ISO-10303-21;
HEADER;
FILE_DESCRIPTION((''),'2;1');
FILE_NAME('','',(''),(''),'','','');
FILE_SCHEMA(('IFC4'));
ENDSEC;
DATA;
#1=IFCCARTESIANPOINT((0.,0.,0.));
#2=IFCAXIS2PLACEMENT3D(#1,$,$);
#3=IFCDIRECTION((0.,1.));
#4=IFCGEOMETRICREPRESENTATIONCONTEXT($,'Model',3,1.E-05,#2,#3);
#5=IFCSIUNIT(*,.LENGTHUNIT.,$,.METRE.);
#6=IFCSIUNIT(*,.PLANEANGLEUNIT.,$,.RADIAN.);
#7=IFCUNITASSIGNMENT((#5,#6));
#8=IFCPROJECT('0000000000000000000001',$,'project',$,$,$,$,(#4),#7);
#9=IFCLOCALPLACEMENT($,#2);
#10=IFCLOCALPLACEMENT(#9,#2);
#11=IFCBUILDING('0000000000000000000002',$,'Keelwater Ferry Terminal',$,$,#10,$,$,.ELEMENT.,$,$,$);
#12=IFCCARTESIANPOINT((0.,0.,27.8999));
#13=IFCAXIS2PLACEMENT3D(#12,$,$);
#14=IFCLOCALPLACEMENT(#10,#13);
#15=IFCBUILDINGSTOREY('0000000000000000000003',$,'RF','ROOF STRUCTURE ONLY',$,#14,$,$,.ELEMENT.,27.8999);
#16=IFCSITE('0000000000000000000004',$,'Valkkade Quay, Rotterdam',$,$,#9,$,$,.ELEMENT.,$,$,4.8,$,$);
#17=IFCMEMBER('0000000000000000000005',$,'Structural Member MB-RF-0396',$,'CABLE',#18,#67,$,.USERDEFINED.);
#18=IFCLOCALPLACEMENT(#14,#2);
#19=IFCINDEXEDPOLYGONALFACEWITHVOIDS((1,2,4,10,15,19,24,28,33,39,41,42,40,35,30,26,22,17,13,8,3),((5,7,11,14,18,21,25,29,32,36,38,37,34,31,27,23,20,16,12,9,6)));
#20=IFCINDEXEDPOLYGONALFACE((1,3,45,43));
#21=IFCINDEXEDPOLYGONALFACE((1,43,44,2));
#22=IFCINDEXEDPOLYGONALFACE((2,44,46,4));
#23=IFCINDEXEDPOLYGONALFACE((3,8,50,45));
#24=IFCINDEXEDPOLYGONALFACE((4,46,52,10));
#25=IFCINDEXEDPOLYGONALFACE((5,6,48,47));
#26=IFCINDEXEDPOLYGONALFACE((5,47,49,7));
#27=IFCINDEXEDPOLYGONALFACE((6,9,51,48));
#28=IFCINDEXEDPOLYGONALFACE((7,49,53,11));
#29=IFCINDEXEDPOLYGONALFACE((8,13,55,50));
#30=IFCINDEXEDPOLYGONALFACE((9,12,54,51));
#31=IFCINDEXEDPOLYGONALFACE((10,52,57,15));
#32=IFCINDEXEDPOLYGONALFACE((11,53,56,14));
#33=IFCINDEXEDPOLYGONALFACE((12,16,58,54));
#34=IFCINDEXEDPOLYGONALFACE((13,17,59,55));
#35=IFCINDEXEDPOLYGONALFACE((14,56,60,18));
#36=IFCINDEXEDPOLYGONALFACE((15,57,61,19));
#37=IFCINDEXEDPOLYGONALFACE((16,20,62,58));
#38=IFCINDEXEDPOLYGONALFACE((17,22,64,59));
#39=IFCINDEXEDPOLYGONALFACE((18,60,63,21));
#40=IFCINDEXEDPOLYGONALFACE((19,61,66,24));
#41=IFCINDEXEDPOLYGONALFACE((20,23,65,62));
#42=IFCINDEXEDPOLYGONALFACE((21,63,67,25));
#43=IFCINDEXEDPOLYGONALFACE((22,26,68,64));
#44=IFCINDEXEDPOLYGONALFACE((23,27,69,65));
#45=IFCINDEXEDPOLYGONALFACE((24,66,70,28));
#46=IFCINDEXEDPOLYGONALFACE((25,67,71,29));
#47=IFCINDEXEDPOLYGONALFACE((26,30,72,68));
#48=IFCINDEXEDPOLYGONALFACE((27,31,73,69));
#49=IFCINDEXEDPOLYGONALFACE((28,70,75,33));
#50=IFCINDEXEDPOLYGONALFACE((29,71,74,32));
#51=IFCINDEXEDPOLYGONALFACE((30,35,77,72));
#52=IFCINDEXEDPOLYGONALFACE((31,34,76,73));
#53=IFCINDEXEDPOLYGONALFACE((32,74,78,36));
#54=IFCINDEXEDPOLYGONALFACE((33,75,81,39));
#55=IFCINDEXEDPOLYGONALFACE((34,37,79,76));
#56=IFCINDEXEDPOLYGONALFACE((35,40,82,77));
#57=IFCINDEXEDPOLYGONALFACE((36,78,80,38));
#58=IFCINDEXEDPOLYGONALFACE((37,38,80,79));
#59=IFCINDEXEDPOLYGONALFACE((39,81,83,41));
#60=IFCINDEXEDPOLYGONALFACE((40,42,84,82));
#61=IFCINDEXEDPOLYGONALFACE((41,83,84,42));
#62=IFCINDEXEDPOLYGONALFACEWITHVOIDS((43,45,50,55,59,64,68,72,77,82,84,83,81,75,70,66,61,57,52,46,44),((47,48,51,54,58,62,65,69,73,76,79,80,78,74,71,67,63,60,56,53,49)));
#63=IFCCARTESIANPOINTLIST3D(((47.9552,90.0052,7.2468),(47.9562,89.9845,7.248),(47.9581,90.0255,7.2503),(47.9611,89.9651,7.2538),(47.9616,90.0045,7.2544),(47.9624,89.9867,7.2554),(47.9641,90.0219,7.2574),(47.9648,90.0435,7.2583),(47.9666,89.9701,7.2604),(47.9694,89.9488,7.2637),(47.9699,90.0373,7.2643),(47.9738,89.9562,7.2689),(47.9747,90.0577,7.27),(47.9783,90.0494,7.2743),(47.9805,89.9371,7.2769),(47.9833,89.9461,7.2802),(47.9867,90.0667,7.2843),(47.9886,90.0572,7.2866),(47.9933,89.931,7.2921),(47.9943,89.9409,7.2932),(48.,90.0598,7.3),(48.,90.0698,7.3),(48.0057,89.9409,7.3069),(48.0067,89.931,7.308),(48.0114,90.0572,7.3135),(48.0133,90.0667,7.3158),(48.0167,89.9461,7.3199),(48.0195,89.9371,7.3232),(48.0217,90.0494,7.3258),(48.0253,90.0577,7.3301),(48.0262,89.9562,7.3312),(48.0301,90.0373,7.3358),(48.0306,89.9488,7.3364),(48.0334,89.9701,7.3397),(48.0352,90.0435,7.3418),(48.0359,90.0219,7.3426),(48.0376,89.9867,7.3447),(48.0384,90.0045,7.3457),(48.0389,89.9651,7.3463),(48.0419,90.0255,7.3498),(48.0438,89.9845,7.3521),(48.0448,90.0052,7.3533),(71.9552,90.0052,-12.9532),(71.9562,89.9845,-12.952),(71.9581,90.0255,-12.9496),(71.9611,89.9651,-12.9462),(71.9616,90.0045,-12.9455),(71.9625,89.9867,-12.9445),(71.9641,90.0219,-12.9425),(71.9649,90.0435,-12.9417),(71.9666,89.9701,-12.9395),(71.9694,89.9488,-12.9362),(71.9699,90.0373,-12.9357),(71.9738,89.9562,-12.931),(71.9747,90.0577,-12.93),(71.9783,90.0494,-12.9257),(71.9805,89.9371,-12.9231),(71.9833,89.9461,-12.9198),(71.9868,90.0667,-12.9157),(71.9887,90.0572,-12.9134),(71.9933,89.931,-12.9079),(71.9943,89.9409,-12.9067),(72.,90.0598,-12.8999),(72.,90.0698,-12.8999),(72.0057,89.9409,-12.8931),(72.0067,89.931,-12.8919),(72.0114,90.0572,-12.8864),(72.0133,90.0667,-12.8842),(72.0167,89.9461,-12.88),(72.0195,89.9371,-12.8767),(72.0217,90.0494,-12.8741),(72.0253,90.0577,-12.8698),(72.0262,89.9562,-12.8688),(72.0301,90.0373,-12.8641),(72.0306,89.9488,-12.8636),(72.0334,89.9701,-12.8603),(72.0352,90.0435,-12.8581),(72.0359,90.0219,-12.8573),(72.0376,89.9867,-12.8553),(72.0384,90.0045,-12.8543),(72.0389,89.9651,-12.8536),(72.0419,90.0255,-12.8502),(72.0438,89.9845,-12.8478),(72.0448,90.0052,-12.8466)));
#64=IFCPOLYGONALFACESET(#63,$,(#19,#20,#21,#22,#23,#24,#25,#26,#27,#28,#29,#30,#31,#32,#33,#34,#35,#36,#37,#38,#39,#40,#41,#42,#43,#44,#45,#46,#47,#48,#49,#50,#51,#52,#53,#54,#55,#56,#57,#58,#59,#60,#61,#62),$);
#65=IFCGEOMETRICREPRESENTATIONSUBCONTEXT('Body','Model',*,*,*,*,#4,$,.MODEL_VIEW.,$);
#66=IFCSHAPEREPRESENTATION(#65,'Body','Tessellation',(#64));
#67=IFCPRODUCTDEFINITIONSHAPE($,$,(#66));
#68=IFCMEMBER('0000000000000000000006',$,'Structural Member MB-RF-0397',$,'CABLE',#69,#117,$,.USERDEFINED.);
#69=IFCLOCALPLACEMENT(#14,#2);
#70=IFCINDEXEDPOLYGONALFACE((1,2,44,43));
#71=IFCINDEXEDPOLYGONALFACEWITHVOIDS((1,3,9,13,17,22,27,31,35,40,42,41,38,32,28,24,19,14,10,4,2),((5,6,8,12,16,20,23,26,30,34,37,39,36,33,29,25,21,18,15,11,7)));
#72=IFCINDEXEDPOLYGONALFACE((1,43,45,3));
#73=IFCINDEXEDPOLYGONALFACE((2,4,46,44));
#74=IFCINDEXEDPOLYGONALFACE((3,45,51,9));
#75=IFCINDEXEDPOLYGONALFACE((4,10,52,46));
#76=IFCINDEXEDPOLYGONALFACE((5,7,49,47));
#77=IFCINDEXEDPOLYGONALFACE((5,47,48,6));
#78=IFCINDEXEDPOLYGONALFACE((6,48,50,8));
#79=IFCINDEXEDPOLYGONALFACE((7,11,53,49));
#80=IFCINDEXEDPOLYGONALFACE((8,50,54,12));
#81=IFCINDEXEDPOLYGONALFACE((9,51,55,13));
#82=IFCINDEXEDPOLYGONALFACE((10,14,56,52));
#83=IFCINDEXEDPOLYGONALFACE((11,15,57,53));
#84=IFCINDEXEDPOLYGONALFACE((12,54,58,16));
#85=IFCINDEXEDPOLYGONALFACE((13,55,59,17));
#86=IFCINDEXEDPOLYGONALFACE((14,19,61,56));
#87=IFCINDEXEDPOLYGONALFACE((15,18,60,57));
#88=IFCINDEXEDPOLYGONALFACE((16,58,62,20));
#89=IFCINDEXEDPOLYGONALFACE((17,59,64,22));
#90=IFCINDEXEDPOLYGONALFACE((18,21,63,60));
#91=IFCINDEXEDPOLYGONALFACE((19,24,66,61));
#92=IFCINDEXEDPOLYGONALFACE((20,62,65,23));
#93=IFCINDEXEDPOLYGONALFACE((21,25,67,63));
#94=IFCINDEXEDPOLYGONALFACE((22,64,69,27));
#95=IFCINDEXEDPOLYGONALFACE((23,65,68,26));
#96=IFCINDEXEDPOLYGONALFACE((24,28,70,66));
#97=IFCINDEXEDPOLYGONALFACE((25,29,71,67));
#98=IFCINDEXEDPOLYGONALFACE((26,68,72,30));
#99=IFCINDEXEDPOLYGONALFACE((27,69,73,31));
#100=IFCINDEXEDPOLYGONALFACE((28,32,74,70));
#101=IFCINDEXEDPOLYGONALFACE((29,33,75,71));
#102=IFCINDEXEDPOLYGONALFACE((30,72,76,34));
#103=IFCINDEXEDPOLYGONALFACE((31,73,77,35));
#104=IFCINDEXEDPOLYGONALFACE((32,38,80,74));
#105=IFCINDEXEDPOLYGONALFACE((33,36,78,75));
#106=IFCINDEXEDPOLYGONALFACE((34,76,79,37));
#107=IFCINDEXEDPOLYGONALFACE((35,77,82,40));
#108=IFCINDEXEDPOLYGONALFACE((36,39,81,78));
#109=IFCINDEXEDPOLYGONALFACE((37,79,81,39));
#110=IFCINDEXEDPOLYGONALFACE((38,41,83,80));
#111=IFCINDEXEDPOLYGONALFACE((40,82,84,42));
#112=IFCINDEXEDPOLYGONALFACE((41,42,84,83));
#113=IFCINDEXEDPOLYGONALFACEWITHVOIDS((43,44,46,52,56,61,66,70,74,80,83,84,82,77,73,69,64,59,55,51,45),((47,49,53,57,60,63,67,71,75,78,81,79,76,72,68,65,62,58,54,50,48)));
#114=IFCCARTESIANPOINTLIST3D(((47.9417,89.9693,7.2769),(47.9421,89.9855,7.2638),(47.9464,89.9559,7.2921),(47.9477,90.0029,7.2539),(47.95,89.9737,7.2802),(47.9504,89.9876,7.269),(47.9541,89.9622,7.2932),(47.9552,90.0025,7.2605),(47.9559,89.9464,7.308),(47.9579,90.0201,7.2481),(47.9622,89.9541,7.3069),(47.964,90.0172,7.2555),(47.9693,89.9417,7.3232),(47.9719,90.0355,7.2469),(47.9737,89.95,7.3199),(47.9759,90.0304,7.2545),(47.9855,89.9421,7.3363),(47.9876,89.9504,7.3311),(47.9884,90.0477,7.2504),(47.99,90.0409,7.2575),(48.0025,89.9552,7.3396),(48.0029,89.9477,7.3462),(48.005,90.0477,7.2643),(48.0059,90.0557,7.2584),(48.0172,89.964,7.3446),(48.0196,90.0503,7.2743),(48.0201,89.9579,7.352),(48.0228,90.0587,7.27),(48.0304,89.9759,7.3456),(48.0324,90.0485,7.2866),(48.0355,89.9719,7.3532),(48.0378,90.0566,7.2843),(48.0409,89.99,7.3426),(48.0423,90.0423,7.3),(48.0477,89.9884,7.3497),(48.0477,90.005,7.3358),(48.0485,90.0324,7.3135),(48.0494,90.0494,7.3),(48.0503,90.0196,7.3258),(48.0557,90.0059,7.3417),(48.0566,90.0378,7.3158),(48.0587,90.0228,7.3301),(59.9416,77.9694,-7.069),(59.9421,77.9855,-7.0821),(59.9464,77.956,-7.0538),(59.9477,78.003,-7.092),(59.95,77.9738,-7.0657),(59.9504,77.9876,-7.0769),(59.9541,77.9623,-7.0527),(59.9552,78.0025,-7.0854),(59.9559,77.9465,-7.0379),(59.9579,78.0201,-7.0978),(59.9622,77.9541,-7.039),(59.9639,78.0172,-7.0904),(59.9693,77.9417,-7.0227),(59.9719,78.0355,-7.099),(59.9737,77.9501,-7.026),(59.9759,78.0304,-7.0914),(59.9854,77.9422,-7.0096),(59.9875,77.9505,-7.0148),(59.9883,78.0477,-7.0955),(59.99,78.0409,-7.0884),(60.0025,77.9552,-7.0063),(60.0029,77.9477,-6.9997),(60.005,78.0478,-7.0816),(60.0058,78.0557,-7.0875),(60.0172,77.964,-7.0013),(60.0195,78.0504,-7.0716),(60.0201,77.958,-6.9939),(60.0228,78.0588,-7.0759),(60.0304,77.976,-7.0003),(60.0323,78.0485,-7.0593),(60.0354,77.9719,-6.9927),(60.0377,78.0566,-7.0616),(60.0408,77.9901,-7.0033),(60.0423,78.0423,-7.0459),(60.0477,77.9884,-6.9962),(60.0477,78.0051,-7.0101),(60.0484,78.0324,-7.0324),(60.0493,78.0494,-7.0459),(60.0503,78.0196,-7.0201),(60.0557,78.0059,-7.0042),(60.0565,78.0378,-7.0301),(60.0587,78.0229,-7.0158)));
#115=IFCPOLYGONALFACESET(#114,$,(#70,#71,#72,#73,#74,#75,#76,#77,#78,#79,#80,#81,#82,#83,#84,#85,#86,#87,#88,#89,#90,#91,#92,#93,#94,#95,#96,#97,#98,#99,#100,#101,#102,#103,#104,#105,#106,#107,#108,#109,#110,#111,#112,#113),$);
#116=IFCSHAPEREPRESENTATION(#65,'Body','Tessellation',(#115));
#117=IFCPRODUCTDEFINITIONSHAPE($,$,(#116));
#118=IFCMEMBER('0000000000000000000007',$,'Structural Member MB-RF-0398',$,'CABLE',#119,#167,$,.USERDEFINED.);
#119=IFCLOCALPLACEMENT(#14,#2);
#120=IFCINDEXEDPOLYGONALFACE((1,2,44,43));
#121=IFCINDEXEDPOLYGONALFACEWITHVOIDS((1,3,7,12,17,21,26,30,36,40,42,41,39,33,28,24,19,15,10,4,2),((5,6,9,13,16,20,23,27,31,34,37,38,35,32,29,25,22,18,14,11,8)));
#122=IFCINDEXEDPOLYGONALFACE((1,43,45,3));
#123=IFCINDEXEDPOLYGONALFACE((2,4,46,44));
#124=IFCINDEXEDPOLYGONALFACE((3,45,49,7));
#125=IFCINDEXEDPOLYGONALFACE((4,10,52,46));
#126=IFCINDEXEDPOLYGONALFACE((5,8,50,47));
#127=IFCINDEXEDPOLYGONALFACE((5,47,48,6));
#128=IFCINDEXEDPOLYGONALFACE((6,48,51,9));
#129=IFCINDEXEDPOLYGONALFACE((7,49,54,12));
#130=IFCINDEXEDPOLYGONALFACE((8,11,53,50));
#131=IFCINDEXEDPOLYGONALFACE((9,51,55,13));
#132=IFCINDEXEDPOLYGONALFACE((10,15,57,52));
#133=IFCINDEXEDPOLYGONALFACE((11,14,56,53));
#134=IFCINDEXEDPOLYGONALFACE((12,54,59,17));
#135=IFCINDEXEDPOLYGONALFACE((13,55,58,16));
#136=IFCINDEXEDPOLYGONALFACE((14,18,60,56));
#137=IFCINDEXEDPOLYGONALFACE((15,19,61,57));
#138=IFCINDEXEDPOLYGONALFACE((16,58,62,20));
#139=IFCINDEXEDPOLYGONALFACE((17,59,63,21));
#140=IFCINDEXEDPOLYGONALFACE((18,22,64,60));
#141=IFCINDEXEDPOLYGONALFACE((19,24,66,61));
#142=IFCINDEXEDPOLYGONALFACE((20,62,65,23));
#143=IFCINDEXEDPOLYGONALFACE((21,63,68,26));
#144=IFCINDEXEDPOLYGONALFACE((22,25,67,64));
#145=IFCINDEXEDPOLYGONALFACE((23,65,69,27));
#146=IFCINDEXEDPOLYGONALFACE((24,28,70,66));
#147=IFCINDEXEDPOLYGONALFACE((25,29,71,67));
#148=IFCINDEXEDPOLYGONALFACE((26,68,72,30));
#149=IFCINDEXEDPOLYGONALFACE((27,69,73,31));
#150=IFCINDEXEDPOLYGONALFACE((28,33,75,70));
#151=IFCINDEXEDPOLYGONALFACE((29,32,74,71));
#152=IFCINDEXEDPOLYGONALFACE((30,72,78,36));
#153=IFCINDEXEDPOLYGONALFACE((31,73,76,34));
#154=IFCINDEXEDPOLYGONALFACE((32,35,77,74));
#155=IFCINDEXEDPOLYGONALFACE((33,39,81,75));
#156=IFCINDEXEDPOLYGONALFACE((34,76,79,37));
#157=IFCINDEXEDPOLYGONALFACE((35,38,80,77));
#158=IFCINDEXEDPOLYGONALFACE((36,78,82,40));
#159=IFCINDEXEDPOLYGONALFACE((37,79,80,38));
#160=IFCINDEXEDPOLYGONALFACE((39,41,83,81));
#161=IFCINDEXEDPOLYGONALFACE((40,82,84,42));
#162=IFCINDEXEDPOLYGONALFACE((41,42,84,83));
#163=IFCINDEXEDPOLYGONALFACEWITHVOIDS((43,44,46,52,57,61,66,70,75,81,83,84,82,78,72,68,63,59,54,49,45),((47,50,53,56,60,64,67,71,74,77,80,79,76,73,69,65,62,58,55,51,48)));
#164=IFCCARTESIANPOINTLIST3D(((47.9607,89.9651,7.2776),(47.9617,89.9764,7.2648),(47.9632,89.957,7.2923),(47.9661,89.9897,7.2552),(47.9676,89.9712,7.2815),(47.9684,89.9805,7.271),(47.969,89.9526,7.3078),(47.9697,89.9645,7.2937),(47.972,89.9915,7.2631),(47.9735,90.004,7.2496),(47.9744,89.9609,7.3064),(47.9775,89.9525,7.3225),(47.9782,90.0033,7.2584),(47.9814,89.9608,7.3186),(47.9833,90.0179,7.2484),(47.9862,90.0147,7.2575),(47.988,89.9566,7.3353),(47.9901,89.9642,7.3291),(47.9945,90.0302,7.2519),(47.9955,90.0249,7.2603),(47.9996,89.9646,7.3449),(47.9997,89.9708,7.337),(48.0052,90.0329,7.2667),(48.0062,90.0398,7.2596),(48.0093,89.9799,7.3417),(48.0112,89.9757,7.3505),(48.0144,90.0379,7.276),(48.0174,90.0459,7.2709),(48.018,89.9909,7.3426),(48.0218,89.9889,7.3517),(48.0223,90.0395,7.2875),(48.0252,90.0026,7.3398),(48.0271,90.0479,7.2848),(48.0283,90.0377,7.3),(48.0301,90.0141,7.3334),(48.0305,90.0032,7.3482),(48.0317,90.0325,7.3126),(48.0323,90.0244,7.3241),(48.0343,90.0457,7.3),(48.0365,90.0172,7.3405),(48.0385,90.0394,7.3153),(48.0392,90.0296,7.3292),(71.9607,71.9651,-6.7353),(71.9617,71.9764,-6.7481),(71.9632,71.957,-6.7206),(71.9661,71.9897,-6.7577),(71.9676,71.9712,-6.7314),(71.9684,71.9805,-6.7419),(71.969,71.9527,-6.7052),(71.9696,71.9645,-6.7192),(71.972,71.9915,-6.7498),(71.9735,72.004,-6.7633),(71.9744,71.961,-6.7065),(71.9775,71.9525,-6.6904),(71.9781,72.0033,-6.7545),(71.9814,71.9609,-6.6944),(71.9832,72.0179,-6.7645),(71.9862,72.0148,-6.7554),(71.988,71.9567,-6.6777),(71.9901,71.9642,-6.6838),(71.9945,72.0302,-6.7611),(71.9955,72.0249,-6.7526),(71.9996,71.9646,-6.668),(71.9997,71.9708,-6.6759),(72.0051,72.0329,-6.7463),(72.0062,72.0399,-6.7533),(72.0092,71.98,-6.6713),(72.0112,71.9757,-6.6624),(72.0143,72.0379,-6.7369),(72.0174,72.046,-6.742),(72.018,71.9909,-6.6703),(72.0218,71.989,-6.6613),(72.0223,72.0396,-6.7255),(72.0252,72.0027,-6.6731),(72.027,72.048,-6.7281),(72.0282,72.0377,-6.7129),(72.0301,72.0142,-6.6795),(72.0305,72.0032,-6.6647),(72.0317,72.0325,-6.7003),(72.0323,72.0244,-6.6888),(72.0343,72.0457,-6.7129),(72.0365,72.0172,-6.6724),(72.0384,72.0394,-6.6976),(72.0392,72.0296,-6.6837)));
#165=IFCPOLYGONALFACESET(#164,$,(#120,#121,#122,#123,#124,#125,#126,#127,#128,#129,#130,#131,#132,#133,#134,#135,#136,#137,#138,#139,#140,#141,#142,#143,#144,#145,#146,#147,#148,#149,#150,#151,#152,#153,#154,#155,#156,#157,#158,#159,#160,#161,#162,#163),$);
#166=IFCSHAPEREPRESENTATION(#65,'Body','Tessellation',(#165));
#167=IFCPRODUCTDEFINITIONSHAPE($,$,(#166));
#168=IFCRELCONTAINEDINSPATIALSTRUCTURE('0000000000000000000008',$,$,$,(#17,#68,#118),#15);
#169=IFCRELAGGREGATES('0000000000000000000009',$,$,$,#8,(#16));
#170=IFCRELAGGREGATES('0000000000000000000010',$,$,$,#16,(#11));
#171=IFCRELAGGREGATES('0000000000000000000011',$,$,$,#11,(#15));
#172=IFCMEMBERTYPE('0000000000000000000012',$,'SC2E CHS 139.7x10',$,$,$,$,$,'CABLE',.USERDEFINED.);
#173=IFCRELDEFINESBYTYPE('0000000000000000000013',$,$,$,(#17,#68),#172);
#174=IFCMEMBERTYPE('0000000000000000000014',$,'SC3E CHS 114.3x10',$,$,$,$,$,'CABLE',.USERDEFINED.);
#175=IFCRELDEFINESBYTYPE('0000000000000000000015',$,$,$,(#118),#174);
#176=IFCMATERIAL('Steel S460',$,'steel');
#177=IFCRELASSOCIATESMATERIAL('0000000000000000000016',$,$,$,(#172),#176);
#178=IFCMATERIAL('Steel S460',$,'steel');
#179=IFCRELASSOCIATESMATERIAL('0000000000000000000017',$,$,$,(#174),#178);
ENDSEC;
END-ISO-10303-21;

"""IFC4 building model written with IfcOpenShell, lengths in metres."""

from ifc_helpers import new_model, si_unit, direction, frame, origin, origin_2d, place, context, subcontext, project, spatial, hollow_circle, extrude, material, material_profile, profile_set, type_object, element, save


model = new_model("IFC4")

# Units and contexts
model_context = context("Model", 3, precision=1e-05, world=origin(), true_north=direction((0.0, 1.0)))
body_context = subcontext(model_context, "Body", "Model", "MODEL_VIEW")
ifc_project = project(units=[si_unit("LENGTHUNIT", "METRE"), si_unit("PLANEANGLEUNIT", "RADIAN")], contexts=[model_context])

# Site, building, storey
site_placement = place(None, origin())
site = spatial("IfcSite", under=ifc_project, at=site_placement, Name="Valkkade Quay, Rotterdam", CompositionType="ELEMENT", RefElevation=4.8)
building_placement = place(site_placement, origin())
building = spatial("IfcBuilding", under=site, at=building_placement, Name="Keelwater Ferry Terminal", CompositionType="ELEMENT")
storey_placement = place(building_placement, frame((0.0, 0.0, 27.8999)))
storey = spatial("IfcBuildingStorey", under=building, at=storey_placement, Name="RF", Description="ROOF STRUCTURE ONLY", CompositionType="ELEMENT", Elevation=27.8999)

# Members
ifc_material_1 = material(Name="Steel S460", Category="steel")
ifc_material_profile_1 = material_profile(ifc_material_1, hollow_circle(Radius=0.0698, WallThickness=0.01, at=origin_2d()), Name="CHS 139.7x10")
ifc_profile_set_1 = profile_set([ifc_material_profile_1], Name="Steel S460")
member_type_1 = type_object("IfcMemberType", Name="SC2E CHS 139.7x10", ElementType="CABLE", PredefinedType="USERDEFINED", material=ifc_profile_set_1)
member_1_placement = place(storey_placement, frame((48.0, 90.0, 7.3), z_axis=(0.765077, 0.0, -0.643938), x_axis=(0.0, 1.0, 0.0)))
element("IfcMember", 1, at=member_1_placement, inside=storey, type_object=member_type_1, Name="Structural Member MB-RF-0396", ObjectType="CABLE", PredefinedType="USERDEFINED", context=body_context, shape_type="SweptSolid", body=[
    extrude(hollow_circle(Radius=0.0698, WallThickness=0.01, at=origin_2d()), origin(), (0.0, 0.0, 1.0), 31.3694),
])
member_2_placement = place(storey_placement, frame((48.0, 90.0, 7.3), z_axis=(0.540011, -0.540011, -0.645581), x_axis=(0.707107, 0.707107, 0.0)))
element("IfcMember", 2, at=member_2_placement, inside=storey, type_object=member_type_1, Name="Structural Member MB-RF-0397", ObjectType="CABLE", PredefinedType="USERDEFINED", context=body_context, shape_type="SweptSolid", body=[
    extrude(hollow_circle(Radius=0.0698, WallThickness=0.01, at=origin_2d()), origin(), (0.0, 0.0, 1.0), 22.2217),
])
ifc_material_2 = material(Name="Steel S460", Category="steel")
ifc_material_profile_2 = material_profile(ifc_material_2, hollow_circle(Radius=0.0571, WallThickness=0.01, at=origin_2d()), Name="CHS 114.3x10")
ifc_profile_set_2 = profile_set([ifc_material_profile_2], Name="Steel S460")
member_type_2 = type_object("IfcMemberType", Name="SC3E CHS 114.3x10", ElementType="CABLE", PredefinedType="USERDEFINED", material=ifc_profile_set_2)
member_3_placement = place(storey_placement, frame((48.0, 90.0, 7.3), z_axis=(0.724827, -0.54362, -0.423206), x_axis=(0.6, 0.8, 0.0)))
element("IfcMember", 3, at=member_3_placement, inside=storey, type_object=member_type_2, Name="Structural Member MB-RF-0398", ObjectType="CABLE", PredefinedType="USERDEFINED", context=body_context, shape_type="SweptSolid", body=[
    extrude(hollow_circle(Radius=0.0571, WallThickness=0.01, at=origin_2d()), origin(), (0.0, 0.0, 1.0), 33.1113),
])

save(model, "model.ifc")
